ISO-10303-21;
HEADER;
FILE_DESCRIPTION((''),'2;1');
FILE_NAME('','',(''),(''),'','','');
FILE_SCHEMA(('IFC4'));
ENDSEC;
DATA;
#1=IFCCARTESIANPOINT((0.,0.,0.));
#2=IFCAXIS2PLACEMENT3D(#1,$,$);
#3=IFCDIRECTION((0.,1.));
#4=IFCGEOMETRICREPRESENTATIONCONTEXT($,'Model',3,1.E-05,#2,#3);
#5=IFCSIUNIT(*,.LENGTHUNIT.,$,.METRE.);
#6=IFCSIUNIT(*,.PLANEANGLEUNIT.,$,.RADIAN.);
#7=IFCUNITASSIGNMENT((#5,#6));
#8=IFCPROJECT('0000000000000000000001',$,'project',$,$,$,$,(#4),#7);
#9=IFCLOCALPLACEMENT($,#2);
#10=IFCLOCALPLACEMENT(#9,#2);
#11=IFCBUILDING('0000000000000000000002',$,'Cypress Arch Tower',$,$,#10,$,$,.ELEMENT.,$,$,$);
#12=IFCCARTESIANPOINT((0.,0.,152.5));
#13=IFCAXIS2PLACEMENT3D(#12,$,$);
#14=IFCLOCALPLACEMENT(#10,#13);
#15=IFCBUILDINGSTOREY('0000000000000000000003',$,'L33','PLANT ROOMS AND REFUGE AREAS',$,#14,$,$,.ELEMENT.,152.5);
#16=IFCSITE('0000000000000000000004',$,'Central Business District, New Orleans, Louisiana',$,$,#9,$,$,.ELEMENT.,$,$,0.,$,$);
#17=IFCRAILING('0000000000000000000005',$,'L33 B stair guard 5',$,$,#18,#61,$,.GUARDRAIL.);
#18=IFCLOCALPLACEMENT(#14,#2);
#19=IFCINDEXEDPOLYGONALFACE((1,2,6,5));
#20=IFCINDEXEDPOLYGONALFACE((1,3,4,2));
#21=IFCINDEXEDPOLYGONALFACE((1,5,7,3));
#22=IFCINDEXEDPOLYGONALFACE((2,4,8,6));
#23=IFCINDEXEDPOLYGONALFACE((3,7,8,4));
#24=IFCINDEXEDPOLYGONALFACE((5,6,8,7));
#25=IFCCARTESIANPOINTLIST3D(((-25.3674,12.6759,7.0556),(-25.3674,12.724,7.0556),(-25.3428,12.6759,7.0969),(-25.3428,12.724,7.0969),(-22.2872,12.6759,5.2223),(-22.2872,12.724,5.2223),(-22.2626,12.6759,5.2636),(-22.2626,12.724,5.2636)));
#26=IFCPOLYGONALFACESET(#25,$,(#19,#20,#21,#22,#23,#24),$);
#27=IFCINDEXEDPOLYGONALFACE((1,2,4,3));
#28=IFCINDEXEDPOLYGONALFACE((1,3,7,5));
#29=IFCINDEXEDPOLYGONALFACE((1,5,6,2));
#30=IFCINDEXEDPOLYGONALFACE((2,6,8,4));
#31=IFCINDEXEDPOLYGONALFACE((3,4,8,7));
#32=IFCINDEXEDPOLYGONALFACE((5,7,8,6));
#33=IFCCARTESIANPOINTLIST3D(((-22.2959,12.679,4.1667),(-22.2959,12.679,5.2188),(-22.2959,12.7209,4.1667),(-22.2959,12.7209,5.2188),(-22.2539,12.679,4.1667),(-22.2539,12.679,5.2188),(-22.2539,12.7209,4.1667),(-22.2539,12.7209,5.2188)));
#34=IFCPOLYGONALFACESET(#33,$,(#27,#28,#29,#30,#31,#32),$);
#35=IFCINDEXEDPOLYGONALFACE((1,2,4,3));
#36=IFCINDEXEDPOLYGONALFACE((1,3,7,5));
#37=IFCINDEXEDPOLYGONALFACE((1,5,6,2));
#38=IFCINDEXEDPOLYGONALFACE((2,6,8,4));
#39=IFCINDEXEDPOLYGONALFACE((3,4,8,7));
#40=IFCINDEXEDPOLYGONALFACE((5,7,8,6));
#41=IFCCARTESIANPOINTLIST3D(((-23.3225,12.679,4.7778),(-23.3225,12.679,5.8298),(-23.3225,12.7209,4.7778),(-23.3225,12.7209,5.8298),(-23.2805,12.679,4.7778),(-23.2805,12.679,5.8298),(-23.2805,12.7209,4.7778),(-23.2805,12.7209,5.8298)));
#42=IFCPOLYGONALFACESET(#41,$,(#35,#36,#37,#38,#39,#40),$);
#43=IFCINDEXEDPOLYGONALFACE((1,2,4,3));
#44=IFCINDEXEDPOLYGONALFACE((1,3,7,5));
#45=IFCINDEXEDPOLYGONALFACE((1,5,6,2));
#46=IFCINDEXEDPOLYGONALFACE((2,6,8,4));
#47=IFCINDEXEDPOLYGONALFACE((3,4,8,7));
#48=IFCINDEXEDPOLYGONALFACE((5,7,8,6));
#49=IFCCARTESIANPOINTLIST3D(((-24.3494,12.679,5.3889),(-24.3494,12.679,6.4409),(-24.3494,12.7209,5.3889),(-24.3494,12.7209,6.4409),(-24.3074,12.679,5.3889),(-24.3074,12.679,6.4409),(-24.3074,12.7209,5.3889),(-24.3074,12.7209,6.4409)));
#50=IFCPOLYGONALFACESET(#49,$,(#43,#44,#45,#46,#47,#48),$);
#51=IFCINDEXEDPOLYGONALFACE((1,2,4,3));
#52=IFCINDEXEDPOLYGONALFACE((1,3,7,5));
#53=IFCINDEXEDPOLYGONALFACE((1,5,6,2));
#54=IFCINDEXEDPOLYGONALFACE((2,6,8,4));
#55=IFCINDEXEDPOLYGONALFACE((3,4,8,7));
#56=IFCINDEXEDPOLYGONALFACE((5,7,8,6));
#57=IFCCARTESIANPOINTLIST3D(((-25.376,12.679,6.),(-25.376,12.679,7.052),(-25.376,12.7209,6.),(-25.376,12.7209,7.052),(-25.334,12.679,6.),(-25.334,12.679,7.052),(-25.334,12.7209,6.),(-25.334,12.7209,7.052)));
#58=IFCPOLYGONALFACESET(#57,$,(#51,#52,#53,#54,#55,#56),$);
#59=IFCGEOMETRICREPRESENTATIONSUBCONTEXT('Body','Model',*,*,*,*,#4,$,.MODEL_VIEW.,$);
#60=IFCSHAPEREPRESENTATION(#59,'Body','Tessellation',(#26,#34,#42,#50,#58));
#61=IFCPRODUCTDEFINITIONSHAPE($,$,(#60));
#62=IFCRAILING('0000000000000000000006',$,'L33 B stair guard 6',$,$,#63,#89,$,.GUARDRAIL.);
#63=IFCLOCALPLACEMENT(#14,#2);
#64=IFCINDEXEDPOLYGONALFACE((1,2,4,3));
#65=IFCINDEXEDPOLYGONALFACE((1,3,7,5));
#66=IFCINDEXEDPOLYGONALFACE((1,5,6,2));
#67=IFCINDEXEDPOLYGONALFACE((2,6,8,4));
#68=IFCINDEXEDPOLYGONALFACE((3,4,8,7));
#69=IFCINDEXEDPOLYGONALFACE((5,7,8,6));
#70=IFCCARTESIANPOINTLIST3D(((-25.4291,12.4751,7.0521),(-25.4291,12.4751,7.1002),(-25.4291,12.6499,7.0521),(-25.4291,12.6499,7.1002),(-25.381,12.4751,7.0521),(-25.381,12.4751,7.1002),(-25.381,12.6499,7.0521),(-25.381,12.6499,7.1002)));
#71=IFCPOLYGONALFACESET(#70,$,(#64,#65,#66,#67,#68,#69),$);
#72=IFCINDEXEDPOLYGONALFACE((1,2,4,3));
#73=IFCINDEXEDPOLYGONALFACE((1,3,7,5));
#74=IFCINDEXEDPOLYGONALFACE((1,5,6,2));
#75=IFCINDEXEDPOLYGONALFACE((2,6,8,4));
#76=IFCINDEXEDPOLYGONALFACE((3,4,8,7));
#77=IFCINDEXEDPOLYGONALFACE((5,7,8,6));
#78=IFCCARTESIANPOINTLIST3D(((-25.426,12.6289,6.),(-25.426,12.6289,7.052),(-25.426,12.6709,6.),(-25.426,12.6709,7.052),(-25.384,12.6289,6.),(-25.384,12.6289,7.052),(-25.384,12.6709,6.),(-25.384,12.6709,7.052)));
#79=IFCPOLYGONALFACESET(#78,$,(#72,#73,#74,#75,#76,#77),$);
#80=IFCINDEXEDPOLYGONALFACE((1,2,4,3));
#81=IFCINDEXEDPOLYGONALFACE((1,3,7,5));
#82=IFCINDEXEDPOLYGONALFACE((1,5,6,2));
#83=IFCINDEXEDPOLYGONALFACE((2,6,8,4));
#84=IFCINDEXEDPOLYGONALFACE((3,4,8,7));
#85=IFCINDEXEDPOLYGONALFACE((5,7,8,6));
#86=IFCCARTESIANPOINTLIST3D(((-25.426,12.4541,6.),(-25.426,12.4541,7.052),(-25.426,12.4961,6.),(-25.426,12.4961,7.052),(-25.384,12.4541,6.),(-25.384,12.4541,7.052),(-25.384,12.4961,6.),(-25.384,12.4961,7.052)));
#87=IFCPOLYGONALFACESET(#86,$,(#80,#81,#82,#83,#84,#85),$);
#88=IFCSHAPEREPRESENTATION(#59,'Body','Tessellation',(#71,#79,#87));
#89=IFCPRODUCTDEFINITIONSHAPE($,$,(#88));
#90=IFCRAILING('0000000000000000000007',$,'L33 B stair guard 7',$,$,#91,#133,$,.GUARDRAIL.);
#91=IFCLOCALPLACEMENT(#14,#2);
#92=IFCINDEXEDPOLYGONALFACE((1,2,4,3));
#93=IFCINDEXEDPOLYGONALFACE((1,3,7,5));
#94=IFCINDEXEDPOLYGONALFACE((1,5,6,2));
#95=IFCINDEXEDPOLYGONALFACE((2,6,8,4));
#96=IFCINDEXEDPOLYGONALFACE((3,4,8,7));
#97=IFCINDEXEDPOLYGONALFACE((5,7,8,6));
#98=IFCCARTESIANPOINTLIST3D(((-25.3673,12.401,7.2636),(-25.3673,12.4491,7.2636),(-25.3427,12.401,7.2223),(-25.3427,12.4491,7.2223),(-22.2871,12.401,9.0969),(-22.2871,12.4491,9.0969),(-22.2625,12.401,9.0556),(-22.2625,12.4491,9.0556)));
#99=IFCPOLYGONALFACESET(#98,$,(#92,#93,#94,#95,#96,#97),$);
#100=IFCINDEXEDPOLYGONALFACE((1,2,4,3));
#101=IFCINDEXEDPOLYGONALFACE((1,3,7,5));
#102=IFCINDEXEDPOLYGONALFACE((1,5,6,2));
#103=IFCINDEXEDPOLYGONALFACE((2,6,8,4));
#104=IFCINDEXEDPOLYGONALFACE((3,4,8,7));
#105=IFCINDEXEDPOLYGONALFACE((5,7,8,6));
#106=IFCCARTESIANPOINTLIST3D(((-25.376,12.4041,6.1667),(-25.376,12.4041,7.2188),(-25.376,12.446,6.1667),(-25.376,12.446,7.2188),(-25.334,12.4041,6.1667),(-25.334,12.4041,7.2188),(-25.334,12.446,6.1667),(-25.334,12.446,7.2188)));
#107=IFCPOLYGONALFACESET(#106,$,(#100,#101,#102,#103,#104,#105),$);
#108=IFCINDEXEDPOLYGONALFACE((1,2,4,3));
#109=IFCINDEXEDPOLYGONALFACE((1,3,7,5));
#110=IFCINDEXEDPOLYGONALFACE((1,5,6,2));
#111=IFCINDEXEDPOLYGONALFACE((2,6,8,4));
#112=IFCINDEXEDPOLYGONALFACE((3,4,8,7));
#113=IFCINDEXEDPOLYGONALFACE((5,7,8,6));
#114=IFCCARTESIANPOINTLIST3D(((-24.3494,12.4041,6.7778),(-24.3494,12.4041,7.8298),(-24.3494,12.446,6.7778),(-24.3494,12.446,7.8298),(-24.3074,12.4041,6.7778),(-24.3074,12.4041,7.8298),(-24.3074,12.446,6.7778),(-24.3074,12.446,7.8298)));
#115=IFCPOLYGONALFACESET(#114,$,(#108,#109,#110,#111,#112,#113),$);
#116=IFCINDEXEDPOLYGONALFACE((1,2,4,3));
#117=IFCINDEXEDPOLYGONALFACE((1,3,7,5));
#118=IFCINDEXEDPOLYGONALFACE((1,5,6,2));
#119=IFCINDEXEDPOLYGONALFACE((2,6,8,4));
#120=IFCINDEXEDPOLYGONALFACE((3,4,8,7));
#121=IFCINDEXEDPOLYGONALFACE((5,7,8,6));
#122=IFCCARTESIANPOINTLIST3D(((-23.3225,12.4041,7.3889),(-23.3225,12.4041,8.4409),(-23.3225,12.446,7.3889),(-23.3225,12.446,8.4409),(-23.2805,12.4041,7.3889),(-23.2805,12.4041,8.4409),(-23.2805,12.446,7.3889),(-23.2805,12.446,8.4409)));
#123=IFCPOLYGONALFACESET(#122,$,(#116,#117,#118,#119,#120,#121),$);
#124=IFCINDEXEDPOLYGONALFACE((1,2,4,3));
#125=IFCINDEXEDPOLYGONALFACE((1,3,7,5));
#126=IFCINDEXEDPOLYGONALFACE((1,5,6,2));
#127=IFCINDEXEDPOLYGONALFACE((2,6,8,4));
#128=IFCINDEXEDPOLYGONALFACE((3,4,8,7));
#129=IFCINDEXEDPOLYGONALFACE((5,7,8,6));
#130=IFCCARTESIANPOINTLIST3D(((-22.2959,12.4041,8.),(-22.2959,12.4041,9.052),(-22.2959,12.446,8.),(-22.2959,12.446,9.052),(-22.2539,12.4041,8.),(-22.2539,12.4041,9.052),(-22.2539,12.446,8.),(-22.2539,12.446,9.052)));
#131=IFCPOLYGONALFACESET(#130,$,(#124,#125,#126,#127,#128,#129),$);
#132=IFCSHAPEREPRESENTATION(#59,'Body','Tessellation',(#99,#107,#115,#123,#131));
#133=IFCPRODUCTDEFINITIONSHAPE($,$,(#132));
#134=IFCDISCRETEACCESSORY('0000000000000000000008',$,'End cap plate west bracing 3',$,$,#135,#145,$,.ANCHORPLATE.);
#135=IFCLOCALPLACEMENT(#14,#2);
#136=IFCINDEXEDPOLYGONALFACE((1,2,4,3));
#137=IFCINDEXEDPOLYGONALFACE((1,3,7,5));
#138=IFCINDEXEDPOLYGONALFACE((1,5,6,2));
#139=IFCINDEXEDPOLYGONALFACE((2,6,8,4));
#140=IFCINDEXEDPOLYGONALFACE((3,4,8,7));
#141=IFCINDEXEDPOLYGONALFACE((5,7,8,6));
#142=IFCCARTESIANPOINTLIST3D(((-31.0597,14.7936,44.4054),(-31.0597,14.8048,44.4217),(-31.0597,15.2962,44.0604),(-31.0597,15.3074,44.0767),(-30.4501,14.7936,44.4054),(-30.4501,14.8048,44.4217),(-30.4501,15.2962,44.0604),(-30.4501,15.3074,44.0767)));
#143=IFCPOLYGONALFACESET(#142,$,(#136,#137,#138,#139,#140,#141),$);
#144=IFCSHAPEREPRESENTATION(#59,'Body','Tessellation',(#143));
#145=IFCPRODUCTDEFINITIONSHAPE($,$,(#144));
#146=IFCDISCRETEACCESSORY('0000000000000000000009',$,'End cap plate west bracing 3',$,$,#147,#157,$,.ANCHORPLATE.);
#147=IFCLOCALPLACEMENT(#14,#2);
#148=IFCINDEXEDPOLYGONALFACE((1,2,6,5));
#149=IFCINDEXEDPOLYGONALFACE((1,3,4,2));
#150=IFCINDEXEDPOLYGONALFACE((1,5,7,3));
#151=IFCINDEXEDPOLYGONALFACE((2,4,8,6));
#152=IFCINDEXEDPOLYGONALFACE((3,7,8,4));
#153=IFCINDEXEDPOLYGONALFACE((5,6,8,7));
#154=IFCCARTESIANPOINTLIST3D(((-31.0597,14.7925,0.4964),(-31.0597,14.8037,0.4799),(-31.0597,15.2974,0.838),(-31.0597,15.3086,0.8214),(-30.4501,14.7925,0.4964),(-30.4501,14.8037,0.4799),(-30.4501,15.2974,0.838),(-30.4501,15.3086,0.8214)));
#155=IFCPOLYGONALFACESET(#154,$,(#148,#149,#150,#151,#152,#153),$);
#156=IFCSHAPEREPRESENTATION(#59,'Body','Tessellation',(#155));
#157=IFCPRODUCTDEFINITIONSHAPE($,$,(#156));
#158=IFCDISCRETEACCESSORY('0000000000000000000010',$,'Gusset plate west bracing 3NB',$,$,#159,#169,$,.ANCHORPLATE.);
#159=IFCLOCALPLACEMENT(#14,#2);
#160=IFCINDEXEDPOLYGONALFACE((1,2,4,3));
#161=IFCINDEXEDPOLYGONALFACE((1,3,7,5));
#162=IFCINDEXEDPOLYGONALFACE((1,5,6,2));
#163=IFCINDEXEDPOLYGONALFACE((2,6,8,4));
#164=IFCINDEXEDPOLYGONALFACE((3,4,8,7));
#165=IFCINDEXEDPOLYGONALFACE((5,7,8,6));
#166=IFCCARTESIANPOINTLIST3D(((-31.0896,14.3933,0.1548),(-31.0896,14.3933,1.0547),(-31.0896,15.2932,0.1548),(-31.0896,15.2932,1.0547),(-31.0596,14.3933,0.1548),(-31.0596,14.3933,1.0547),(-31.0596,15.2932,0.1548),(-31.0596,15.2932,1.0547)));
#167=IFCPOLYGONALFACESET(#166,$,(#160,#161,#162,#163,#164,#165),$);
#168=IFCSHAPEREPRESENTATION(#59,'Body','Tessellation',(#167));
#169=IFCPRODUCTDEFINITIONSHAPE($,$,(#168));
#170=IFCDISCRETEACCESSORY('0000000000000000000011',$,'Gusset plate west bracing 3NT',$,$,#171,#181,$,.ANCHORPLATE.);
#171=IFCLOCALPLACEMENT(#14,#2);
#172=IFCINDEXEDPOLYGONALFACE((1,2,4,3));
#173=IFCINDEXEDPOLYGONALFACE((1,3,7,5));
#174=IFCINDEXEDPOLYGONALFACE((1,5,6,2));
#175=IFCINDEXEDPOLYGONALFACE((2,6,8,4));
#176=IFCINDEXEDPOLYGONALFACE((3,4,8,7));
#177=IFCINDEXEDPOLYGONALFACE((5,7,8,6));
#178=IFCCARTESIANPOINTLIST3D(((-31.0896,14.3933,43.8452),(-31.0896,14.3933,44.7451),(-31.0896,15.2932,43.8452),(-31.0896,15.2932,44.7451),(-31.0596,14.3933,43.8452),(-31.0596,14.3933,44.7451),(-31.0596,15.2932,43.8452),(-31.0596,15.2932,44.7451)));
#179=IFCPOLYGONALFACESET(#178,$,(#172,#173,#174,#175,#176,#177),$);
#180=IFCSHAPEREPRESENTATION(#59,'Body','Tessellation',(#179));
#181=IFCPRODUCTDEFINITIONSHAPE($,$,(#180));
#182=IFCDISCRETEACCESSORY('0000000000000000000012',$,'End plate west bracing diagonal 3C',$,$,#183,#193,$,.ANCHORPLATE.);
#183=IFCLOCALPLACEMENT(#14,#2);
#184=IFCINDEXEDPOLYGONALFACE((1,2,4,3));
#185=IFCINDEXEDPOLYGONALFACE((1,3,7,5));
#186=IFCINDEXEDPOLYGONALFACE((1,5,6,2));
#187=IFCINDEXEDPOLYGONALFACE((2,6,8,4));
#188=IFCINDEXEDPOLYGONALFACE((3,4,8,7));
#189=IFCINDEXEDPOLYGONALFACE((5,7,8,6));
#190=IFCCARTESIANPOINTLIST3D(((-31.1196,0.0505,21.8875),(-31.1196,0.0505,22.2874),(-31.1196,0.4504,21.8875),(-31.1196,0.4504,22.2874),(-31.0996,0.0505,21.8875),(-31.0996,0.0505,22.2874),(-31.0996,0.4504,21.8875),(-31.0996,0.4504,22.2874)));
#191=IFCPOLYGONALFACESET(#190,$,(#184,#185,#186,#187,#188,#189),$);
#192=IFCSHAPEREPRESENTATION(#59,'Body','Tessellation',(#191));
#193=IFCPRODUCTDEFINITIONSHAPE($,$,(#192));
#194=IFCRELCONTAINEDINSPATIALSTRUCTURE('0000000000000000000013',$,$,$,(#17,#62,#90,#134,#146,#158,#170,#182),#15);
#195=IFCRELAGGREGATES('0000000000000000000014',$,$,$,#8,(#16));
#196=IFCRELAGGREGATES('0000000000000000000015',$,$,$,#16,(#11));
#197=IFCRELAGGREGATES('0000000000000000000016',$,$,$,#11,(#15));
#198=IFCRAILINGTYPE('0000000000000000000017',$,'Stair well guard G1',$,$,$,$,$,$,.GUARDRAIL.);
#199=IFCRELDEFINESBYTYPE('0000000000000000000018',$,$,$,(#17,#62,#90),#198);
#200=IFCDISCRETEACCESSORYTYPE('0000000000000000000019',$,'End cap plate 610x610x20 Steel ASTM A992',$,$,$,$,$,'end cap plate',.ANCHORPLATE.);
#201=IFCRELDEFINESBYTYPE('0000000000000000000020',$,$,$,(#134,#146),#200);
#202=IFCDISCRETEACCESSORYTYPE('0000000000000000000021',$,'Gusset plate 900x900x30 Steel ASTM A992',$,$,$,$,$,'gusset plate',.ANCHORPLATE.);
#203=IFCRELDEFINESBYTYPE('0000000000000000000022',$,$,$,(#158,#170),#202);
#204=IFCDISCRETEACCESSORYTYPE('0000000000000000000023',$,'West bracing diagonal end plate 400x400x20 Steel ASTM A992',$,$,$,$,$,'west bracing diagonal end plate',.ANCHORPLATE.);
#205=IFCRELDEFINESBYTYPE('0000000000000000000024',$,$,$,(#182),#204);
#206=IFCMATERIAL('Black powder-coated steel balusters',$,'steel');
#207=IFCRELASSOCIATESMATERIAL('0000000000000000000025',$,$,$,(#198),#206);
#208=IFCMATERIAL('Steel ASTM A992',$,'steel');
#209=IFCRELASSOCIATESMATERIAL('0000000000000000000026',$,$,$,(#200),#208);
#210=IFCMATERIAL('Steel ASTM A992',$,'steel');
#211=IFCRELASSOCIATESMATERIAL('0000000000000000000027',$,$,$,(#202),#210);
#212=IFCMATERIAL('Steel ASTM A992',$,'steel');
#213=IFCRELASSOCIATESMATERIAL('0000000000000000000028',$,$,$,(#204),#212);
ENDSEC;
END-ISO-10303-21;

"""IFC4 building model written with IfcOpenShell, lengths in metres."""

from ifc_helpers import new_model, si_unit, direction, frame, origin, origin_2d, place, context, subcontext, project, spatial, rectangle, extrude, material, material_profile, profile_set, type_object, element, save


model = new_model("IFC4")

# Units and contexts
model_context = context("Model", 3, precision=1e-05, world=origin(), true_north=direction((0.0, 1.0)))
body_context = subcontext(model_context, "Body", "Model", "MODEL_VIEW")
ifc_project = project(units=[si_unit("LENGTHUNIT", "METRE"), si_unit("PLANEANGLEUNIT", "RADIAN")], contexts=[model_context])

# Site, building, storey
site_placement = place(None, origin())
site = spatial("IfcSite", under=ifc_project, at=site_placement, Name="Central Business District, New Orleans, Louisiana", CompositionType="ELEMENT", RefElevation=0.0)
building_placement = place(site_placement, origin())
building = spatial("IfcBuilding", under=site, at=building_placement, Name="Cypress Arch Tower", CompositionType="ELEMENT")
storey_placement = place(building_placement, frame((0.0, 0.0, 152.5)))
storey = spatial("IfcBuildingStorey", under=building, at=storey_placement, Name="L33", Description="PLANT ROOMS AND REFUGE AREAS", CompositionType="ELEMENT", Elevation=152.5)

# Railings
ifc_material_1 = material(Name="Black powder-coated steel balusters", Category="steel")
railing_type_1 = type_object("IfcRailingType", Name="Stair well guard G1", PredefinedType="GUARDRAIL", material=ifc_material_1)
railing_1_placement = place(storey_placement, frame((-22.2749, 12.7, 4.1667)))
element("IfcRailing", 1, at=railing_1_placement, inside=storey, type_object=railing_type_1, Name="L33 B stair guard 5", PredefinedType="GUARDRAIL", context=body_context, shape_type="SweptSolid", body=[
    extrude(rectangle(XDim=0.0481, YDim=0.0481, at=origin_2d()), frame((0.0, 0.0, 1.0762), z_axis=(-0.859309, 0.0, 0.511458), x_axis=(0.0, -1.0, 0.0)), (0.0, 0.0, 1.0), 3.5845),
    extrude(rectangle(XDim=0.042, YDim=0.042, at=origin_2d()), origin(), (0.0, 0.0, 1.0), 1.052),
    extrude(rectangle(XDim=0.042, YDim=0.042, at=origin_2d()), frame((-1.0266, 0.0, 0.6111)), (0.0, 0.0, 1.0), 1.052),
    extrude(rectangle(XDim=0.042, YDim=0.042, at=origin_2d()), frame((-2.0535, 0.0, 1.2222)), (0.0, 0.0, 1.0), 1.052),
    extrude(rectangle(XDim=0.042, YDim=0.042, at=origin_2d()), frame((-3.0801, 0.0, 1.8333)), (0.0, 0.0, 1.0), 1.052),
])
railing_2_placement = place(storey_placement, frame((-25.405, 12.6499, 6.0)))
element("IfcRailing", 2, at=railing_2_placement, inside=storey, type_object=railing_type_1, Name="L33 B stair guard 6", PredefinedType="GUARDRAIL", context=body_context, shape_type="SweptSolid", body=[
    extrude(rectangle(XDim=0.0481, YDim=0.0481, at=origin_2d()), frame((0.0, 0.0, 1.0762), z_axis=(0.0, -1.0, 0.0), x_axis=(1.0, 0.0, 0.0)), (0.0, 0.0, 1.0), 0.1748),
    extrude(rectangle(XDim=0.042, YDim=0.042, at=origin_2d()), origin(), (0.0, 0.0, 1.0), 1.052),
    extrude(rectangle(XDim=0.042, YDim=0.042, at=origin_2d()), frame((0.0, -0.1748, 0.0)), (0.0, 0.0, 1.0), 1.052),
])
railing_3_placement = place(storey_placement, frame((-25.355, 12.425, 6.1667)))
element("IfcRailing", 3, at=railing_3_placement, inside=storey, type_object=railing_type_1, Name="L33 B stair guard 7", PredefinedType="GUARDRAIL", context=body_context, shape_type="SweptSolid", body=[
    extrude(rectangle(XDim=0.0481, YDim=0.0481, at=origin_2d()), frame((0.0, 0.0, 1.0762), z_axis=(0.859309, 0.0, 0.511458), x_axis=(0.0, 1.0, 0.0)), (0.0, 0.0, 1.0), 3.5845),
    extrude(rectangle(XDim=0.042, YDim=0.042, at=origin_2d()), origin(), (0.0, 0.0, 1.0), 1.052),
    extrude(rectangle(XDim=0.042, YDim=0.042, at=origin_2d()), frame((1.0266, 0.0, 0.6111)), (0.0, 0.0, 1.0), 1.052),
    extrude(rectangle(XDim=0.042, YDim=0.042, at=origin_2d()), frame((2.0535, 0.0, 1.2222)), (0.0, 0.0, 1.0), 1.052),
    extrude(rectangle(XDim=0.042, YDim=0.042, at=origin_2d()), frame((3.0801, 0.0, 1.8333)), (0.0, 0.0, 1.0), 1.052),
])

# Discrete accessories
ifc_material_2 = material(Name="Steel ASTM A992", Category="steel")
ifc_material_profile_1 = material_profile(ifc_material_2, rectangle(XDim=0.6096, YDim=0.6096, at=origin_2d()), Name="PL 20 610x610")
ifc_profile_set_1 = profile_set([ifc_material_profile_1], Name="Steel ASTM A992")
discrete_accessory_type_1 = type_object("IfcDiscreteAccessoryType", Name="End cap plate 610x610x20 Steel ASTM A992", ElementType="end cap plate", PredefinedType="ANCHORPLATE", material=ifc_profile_set_1)
discrete_accessory_1_placement = place(storey_placement, frame((-30.7549, 15.0449, 44.2329), z_axis=(0.0, 0.566007, 0.824401), x_axis=(-1.0, 0.0, 0.0)))
element("IfcDiscreteAccessory", 4, at=discrete_accessory_1_placement, inside=storey, type_object=discrete_accessory_type_1, Name="End cap plate west bracing 3", PredefinedType="ANCHORPLATE", context=body_context, shape_type="SweptSolid", body=[
    extrude(rectangle(XDim=0.6096, YDim=0.6096, at=origin_2d()), origin(), (0.0, 0.0, 1.0), 0.0198),
])
discrete_accessory_2_placement = place(storey_placement, frame((-30.7549, 15.0449, 0.6672), z_axis=(0.0, 0.560309, -0.828283), x_axis=(-1.0, 0.0, 0.0)))
element("IfcDiscreteAccessory", 5, at=discrete_accessory_2_placement, inside=storey, type_object=discrete_accessory_type_1, Name="End cap plate west bracing 3", PredefinedType="ANCHORPLATE", context=body_context, shape_type="SweptSolid", body=[
    extrude(rectangle(XDim=0.6096, YDim=0.6096, at=origin_2d()), origin(), (0.0, 0.0, 1.0), 0.02),
])
ifc_material_3 = material(Name="Steel ASTM A992", Category="steel")
ifc_material_profile_2 = material_profile(ifc_material_3, rectangle(XDim=0.8999, YDim=0.8999, at=origin_2d()), Name="PL 30 900x900")
ifc_profile_set_2 = profile_set([ifc_material_profile_2], Name="Steel ASTM A992")
discrete_accessory_type_2 = type_object("IfcDiscreteAccessoryType", Name="Gusset plate 900x900x30 Steel ASTM A992", ElementType="gusset plate", PredefinedType="ANCHORPLATE", material=ifc_profile_set_2)
for number, where, z_axis, x_axis, name in (
    (6, (-31.0596, 14.8433, 0.6047), (-1.0, 0.0, 0.0), (0.0, -1.0, 0.0), "Gusset plate west bracing 3NB"),
    (7, (-31.0596, 14.8433, 44.2952), (-1.0, 0.0, 0.0), (0.0, -1.0, 0.0), "Gusset plate west bracing 3NT"),
):
    element("IfcDiscreteAccessory", number, at=place(storey_placement, frame(where, z_axis=z_axis, x_axis=x_axis)), inside=storey, type_object=discrete_accessory_type_2, Name=name, PredefinedType="ANCHORPLATE", context=body_context, shape_type="SweptSolid", body=[
        extrude(rectangle(XDim=0.8999, YDim=0.8999, at=origin_2d()), origin(), (0.0, 0.0, 1.0), 0.03),
    ])
ifc_material_4 = material(Name="Steel ASTM A992", Category="steel")
ifc_material_profile_3 = material_profile(ifc_material_4, rectangle(XDim=0.3999, YDim=0.3999, at=origin_2d()), Name="PL 20 400x400")
ifc_profile_set_3 = profile_set([ifc_material_profile_3], Name="Steel ASTM A992")
discrete_accessory_type_3 = type_object("IfcDiscreteAccessoryType", Name="West bracing diagonal end plate 400x400x20 Steel ASTM A992", ElementType="west bracing diagonal end plate", PredefinedType="ANCHORPLATE", material=ifc_profile_set_3)
discrete_accessory_3_placement = place(storey_placement, frame((-31.0996, 0.2505, 22.0874), z_axis=(-1.0, 0.0, 0.0), x_axis=(0.0, -1.0, 0.0)))
element("IfcDiscreteAccessory", 8, at=discrete_accessory_3_placement, inside=storey, type_object=discrete_accessory_type_3, Name="End plate west bracing diagonal 3C", PredefinedType="ANCHORPLATE", context=body_context, shape_type="SweptSolid", body=[
    extrude(rectangle(XDim=0.3999, YDim=0.3999, at=origin_2d()), origin(), (0.0, 0.0, 1.0), 0.02),
])

save(model, "model.ifc")
